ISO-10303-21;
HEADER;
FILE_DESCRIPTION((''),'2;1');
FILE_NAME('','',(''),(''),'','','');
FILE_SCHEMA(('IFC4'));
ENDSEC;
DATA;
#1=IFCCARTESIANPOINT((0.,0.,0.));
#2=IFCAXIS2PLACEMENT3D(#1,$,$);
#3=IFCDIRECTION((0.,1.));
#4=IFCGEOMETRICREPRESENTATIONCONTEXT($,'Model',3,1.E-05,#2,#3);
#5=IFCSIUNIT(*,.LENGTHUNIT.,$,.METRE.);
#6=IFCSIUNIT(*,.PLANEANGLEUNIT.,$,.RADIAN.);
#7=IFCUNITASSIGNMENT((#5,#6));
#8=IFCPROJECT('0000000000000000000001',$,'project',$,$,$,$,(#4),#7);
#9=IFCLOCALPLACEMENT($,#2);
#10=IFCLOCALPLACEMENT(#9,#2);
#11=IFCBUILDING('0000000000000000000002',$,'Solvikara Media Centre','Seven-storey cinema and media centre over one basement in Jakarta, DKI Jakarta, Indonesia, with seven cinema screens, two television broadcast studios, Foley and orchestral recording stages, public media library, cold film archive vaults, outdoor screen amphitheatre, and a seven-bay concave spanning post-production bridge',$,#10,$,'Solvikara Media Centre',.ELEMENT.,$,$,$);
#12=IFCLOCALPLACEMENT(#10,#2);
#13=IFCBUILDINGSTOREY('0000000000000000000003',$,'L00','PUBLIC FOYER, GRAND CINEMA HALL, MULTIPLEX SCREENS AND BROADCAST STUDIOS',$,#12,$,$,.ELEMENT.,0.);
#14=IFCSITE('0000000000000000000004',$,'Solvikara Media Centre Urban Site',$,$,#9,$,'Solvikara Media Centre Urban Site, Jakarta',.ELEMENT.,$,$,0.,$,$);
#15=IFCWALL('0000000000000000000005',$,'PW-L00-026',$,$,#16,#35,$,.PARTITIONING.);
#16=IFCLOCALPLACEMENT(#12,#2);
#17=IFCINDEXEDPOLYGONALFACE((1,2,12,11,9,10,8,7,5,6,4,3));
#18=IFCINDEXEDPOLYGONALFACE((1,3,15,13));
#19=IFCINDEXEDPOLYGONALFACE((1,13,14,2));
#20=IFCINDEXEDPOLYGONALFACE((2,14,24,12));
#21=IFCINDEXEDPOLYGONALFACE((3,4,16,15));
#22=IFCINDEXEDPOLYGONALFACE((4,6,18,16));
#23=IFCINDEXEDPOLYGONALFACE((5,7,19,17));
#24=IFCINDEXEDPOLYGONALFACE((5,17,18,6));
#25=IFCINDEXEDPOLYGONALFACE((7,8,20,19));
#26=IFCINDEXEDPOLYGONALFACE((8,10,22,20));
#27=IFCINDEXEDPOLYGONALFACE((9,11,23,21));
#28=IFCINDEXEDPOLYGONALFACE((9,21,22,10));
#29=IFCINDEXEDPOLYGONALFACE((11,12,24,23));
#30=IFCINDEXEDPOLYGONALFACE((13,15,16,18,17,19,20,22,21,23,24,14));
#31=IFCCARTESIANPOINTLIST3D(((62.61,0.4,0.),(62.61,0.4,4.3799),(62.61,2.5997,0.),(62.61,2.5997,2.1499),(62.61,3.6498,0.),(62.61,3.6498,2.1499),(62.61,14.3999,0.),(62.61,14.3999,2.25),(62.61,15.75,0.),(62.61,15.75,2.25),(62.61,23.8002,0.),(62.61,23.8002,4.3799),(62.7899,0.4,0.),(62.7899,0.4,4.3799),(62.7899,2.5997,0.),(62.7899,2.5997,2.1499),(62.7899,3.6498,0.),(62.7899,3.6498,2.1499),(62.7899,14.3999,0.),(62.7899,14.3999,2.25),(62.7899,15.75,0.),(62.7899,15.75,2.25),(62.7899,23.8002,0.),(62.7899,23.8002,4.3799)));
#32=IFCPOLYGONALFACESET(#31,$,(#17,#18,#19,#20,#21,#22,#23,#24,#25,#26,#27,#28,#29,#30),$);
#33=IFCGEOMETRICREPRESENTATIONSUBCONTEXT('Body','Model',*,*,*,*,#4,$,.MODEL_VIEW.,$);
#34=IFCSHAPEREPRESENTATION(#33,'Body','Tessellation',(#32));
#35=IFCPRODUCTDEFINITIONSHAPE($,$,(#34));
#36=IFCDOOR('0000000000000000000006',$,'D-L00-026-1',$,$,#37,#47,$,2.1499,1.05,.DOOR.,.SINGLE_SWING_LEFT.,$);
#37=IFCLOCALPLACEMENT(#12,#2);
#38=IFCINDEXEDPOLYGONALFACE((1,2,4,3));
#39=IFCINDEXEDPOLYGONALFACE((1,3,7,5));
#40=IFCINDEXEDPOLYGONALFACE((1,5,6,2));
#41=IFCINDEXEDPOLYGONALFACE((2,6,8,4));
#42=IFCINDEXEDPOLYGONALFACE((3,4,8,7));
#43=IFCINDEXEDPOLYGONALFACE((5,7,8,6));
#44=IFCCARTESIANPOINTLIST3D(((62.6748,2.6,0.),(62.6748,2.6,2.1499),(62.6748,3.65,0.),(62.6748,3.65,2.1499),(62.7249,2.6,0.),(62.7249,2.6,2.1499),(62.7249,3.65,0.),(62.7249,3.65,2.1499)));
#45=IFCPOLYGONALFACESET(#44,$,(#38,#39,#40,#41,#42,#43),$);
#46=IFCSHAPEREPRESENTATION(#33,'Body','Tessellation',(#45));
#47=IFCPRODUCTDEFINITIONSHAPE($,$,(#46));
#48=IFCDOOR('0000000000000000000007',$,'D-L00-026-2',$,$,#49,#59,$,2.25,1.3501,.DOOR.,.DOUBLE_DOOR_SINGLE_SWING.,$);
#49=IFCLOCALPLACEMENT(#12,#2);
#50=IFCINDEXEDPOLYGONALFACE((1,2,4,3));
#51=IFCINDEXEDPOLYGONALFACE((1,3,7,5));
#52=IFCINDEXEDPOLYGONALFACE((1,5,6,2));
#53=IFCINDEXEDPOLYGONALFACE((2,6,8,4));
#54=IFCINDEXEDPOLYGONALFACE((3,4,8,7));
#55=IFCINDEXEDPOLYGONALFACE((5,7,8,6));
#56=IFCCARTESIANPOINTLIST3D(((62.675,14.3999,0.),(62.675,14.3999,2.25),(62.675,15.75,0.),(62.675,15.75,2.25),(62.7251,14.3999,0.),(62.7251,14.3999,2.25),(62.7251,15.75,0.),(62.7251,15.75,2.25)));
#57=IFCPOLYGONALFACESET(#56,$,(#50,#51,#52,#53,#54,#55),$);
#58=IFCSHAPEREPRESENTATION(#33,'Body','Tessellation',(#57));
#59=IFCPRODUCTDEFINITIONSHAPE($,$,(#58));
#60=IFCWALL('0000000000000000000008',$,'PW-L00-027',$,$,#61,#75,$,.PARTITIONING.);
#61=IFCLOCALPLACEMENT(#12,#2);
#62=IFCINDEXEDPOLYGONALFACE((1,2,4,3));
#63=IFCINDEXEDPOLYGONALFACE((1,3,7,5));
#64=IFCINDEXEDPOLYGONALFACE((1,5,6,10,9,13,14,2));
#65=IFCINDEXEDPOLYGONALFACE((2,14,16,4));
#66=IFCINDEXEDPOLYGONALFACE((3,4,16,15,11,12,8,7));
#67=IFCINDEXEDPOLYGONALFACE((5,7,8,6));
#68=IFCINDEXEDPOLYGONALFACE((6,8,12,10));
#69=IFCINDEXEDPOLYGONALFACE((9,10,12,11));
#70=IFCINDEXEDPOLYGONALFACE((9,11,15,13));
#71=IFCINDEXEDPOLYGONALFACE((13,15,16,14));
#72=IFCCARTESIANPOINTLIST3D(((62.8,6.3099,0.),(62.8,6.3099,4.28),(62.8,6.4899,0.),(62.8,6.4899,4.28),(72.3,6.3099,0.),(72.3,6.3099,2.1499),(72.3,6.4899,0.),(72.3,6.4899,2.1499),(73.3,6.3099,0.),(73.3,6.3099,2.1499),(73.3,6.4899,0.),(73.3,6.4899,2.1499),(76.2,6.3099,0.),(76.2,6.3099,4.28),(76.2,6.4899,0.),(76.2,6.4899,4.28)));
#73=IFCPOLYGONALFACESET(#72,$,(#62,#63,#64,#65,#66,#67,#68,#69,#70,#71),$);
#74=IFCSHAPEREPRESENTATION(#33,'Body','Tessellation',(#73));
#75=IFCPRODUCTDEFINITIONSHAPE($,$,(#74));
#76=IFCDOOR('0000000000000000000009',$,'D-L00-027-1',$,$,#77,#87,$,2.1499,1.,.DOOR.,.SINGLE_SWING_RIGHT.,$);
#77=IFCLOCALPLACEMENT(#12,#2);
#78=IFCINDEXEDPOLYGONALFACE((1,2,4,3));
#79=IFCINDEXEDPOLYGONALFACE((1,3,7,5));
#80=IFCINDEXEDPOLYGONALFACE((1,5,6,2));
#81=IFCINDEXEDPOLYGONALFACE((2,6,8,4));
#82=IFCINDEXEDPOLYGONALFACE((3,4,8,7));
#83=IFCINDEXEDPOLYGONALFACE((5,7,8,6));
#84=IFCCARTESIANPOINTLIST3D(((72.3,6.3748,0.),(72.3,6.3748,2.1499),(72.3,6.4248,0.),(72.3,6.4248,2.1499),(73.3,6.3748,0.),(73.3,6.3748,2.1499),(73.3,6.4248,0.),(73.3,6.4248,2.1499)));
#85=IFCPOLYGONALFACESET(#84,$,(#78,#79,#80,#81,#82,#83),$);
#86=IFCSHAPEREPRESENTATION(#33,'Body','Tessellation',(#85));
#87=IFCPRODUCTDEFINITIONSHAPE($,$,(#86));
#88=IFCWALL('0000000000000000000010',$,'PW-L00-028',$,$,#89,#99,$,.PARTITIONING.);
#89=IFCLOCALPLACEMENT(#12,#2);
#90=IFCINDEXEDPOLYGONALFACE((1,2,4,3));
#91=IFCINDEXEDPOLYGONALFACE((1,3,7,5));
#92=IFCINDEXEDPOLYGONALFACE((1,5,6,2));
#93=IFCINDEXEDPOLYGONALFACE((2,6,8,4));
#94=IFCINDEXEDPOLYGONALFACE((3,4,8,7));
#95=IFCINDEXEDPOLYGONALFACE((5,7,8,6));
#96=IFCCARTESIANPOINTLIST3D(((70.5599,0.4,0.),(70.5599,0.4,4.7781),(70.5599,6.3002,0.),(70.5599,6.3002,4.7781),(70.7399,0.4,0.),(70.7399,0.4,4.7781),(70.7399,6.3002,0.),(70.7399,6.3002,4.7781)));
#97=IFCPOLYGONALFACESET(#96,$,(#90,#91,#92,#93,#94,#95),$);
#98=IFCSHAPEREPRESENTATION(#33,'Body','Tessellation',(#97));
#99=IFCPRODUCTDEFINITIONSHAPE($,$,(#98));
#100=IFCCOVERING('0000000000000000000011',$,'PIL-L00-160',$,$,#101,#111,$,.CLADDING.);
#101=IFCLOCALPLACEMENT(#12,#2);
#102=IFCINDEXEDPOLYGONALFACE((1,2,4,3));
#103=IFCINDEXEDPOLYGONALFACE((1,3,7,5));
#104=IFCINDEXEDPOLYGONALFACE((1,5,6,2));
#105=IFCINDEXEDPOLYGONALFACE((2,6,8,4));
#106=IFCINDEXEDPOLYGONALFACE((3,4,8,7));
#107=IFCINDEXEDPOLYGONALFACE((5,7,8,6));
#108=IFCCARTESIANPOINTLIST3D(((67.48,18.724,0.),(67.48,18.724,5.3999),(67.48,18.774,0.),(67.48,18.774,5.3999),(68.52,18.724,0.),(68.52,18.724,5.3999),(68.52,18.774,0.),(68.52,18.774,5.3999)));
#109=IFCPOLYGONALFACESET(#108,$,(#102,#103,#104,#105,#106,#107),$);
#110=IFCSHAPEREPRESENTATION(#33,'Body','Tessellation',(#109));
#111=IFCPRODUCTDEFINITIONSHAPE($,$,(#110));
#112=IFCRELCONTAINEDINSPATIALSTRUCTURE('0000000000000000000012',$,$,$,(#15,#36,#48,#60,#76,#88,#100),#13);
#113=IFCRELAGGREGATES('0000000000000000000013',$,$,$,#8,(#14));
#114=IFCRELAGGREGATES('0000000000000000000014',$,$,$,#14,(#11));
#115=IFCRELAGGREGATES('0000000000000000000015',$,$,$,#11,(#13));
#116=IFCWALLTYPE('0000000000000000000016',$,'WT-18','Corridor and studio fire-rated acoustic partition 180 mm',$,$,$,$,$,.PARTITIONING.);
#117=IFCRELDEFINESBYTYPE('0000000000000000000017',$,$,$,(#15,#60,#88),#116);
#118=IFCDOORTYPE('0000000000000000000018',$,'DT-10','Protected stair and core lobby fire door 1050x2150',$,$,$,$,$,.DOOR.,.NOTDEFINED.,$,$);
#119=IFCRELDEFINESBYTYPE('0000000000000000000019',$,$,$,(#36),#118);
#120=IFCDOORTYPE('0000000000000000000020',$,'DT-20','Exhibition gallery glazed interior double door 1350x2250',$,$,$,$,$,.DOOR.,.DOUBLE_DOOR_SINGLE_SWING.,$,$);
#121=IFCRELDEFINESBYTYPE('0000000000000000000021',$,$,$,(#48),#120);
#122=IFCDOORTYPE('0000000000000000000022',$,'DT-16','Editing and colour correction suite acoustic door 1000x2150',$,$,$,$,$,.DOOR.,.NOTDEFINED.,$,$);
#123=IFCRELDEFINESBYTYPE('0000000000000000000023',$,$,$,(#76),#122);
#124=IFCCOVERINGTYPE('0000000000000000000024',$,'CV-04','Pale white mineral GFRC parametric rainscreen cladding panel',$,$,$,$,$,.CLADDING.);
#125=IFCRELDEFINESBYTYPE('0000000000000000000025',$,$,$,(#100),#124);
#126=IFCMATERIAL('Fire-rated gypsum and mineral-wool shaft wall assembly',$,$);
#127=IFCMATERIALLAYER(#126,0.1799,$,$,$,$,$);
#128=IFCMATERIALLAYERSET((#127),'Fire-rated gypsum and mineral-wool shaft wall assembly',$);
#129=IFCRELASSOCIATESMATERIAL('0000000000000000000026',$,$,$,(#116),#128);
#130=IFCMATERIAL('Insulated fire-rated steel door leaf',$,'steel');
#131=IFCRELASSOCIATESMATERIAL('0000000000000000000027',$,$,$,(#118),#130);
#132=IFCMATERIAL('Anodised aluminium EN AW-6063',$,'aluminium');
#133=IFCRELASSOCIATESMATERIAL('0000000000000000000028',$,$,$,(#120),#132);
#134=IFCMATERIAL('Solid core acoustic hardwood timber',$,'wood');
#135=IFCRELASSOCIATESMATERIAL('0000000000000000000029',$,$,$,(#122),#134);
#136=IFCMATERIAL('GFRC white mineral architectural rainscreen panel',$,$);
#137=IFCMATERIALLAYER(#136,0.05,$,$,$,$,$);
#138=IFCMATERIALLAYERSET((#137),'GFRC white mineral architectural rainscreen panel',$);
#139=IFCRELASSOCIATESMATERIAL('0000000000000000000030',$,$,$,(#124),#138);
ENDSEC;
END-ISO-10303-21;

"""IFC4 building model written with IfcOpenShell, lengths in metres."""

from ifc_helpers import new_model, si_unit, direction, frame, frame_2d, origin, origin_2d, place, context, subcontext, project, spatial, rectangle, extrude, material, layer, layer_set, type_object, element, fill, save


model = new_model("IFC4")

# Units and contexts
model_context = context("Model", 3, precision=1e-05, world=origin(), true_north=direction((0.0, 1.0)))
body_context = subcontext(model_context, "Body", "Model", "MODEL_VIEW")
ifc_project = project(units=[si_unit("LENGTHUNIT", "METRE"), si_unit("PLANEANGLEUNIT", "RADIAN")], contexts=[model_context])

# Site, building, storey
site_placement = place(None, origin())
site = spatial("IfcSite", under=ifc_project, at=site_placement, Name="Solvikara Media Centre Urban Site", LongName="Solvikara Media Centre Urban Site, Jakarta", CompositionType="ELEMENT", RefElevation=0.0)
building_placement = place(site_placement, origin())
building = spatial("IfcBuilding", under=site, at=building_placement, Name="Solvikara Media Centre", Description="Seven-storey cinema and media centre over one basement in Jakarta, DKI Jakarta, Indonesia, with seven cinema screens, two television broadcast studios, Foley and orchestral recording stages, public media library, cold film archive vaults, outdoor screen amphitheatre, and a seven-bay concave spanning post-production bridge", LongName="Solvikara Media Centre", CompositionType="ELEMENT")
storey_placement = place(building_placement, origin())
storey = spatial("IfcBuildingStorey", under=building, at=storey_placement, Name="L00", Description="PUBLIC FOYER, GRAND CINEMA HALL, MULTIPLEX SCREENS AND BROADCAST STUDIOS", CompositionType="ELEMENT", Elevation=0.0)

# Wall, openings, doors
ifc_material_1 = material(Name="Fire-rated gypsum and mineral-wool shaft wall assembly")
ifc_layer_1 = layer(ifc_material_1, 0.1799)
ifc_layer_set_1 = layer_set([ifc_layer_1], Name="Fire-rated gypsum and mineral-wool shaft wall assembly")
wall_type = type_object("IfcWallType", Name="WT-18", Description="Corridor and studio fire-rated acoustic partition 180 mm", PredefinedType="PARTITIONING", material=ifc_layer_set_1)
wall_1_placement = place(storey_placement, frame((62.7, 0.3999, 0.0), z_axis=(0.0, 0.0, 1.0), x_axis=(0.0, 1.0, 0.0)))
wall_1 = element("IfcWall", 1, at=wall_1_placement, inside=storey, type_object=wall_type, Name="PW-L00-026", PredefinedType="PARTITIONING", context=body_context, shape_type="SweptSolid", body=[
    extrude(rectangle(XDim=23.4001, YDim=0.1799, at=frame_2d((11.7002, 0.0))), origin(), (0.0, 0.0, 1.0), 4.3799),
])
opening_1_placement = place(wall_1_placement, frame((2.2, 0.0, 0.0)))
opening_1 = element("IfcOpeningElement", 2, at=opening_1_placement, cuts=wall_1, PredefinedType="OPENING", context=body_context, shape_type="SweptSolid", body=[
    extrude(rectangle(XDim=1.05, YDim=2.1499, at=frame_2d((0.5249, 1.075))), frame((0.0, 0.1021, 0.0), z_axis=(0.0, -1.0, 0.0), x_axis=(1.0, 0.0, 0.0)), (0.0, 0.0, 1.0), 0.2039),
])
opening_2_placement = place(wall_1_placement, frame((14.0, 0.0, 0.0)))
opening_2 = element("IfcOpeningElement", 3, at=opening_2_placement, cuts=wall_1, PredefinedType="OPENING", context=body_context, shape_type="SweptSolid", body=[
    extrude(rectangle(XDim=1.3501, YDim=2.25, at=frame_2d((0.675, 1.125))), frame((0.0, 0.1021, 0.0), z_axis=(0.0, -1.0, 0.0), x_axis=(1.0, 0.0, 0.0)), (0.0, 0.0, 1.0), 0.2039),
])
ifc_material_2 = material(Name="Insulated fire-rated steel door leaf", Category="steel")
door_type_1 = type_object("IfcDoorType", Name="DT-10", Description="Protected stair and core lobby fire door 1050x2150", OperationType="NOTDEFINED", PredefinedType="DOOR", material=ifc_material_2)
door_1_placement = place(opening_1_placement, frame((1.05, 0.0, 0.0), z_axis=(0.0, 0.0, 1.0), x_axis=(-1.0, 0.0, 0.0)))
door_1 = element("IfcDoor", 4, at=door_1_placement, inside=storey, type_object=door_type_1, Name="D-L00-026-1", OperationType="SINGLE_SWING_LEFT", OverallHeight=2.1499, OverallWidth=1.05, PredefinedType="DOOR", context=body_context, shape_type="SweptSolid", body=[
    extrude(rectangle(XDim=1.05, YDim=2.1499, at=frame_2d((0.5249, 1.075))), frame((0.0, 0.0249, 0.0), z_axis=(0.0, -1.0, 0.0), x_axis=(1.0, 0.0, 0.0)), (0.0, 0.0, 1.0), 0.05),
])
fill(opening_1, door_1)
ifc_material_3 = material(Name="Anodised aluminium EN AW-6063", Category="aluminium")
door_type_2 = type_object("IfcDoorType", Name="DT-20", Description="Exhibition gallery glazed interior double door 1350x2250", OperationType="DOUBLE_DOOR_SINGLE_SWING", PredefinedType="DOOR", material=ifc_material_3)
door_2_placement = place(opening_2_placement, origin())
door_2 = element("IfcDoor", 5, at=door_2_placement, inside=storey, type_object=door_type_2, Name="D-L00-026-2", OperationType="DOUBLE_DOOR_SINGLE_SWING", OverallHeight=2.25, OverallWidth=1.3501, PredefinedType="DOOR", context=body_context, shape_type="SweptSolid", body=[
    extrude(rectangle(XDim=1.3501, YDim=2.25, at=frame_2d((0.675, 1.125))), frame((0.0, 0.0249, 0.0), z_axis=(0.0, -1.0, 0.0), x_axis=(1.0, 0.0, 0.0)), (0.0, 0.0, 1.0), 0.05),
])
fill(opening_2, door_2)

# Wall, opening, door
wall_2_placement = place(storey_placement, frame((62.8, 6.3999, 0.0), z_axis=(0.0, 0.0, 1.0), x_axis=(1.0, 0.0, 0.0)))
wall_2 = element("IfcWall", 6, at=wall_2_placement, inside=storey, type_object=wall_type, Name="PW-L00-027", PredefinedType="PARTITIONING", context=body_context, shape_type="SweptSolid", body=[
    extrude(rectangle(XDim=13.3999, YDim=0.1799, at=frame_2d((6.7, 0.0))), origin(), (0.0, 0.0, 1.0), 4.28),
])
opening_3_placement = place(wall_2_placement, frame((9.5, 0.0, 0.0)))
opening_3 = element("IfcOpeningElement", 7, at=opening_3_placement, cuts=wall_2, PredefinedType="OPENING", context=body_context, shape_type="SweptSolid", body=[
    extrude(rectangle(XDim=1.0, YDim=2.1499, at=frame_2d((0.5, 1.075))), frame((0.0, 0.1021, 0.0), z_axis=(0.0, -1.0, 0.0), x_axis=(1.0, 0.0, 0.0)), (0.0, 0.0, 1.0), 0.2039),
])
ifc_material_4 = material(Name="Solid core acoustic hardwood timber", Category="wood")
door_type_3 = type_object("IfcDoorType", Name="DT-16", Description="Editing and colour correction suite acoustic door 1000x2150", OperationType="NOTDEFINED", PredefinedType="DOOR", material=ifc_material_4)
door_3_placement = place(opening_3_placement, origin())
door_3 = element("IfcDoor", 8, at=door_3_placement, inside=storey, type_object=door_type_3, Name="D-L00-027-1", OperationType="SINGLE_SWING_RIGHT", OverallHeight=2.1499, OverallWidth=1.0, PredefinedType="DOOR", context=body_context, shape_type="SweptSolid", body=[
    extrude(rectangle(XDim=1.0, YDim=2.1499, at=frame_2d((0.5, 1.075))), frame((0.0, 0.0249, 0.0), z_axis=(0.0, -1.0, 0.0), x_axis=(1.0, 0.0, 0.0)), (0.0, 0.0, 1.0), 0.05),
])
fill(opening_3, door_3)

# Wall
wall_3_placement = place(storey_placement, frame((70.6499, 0.3999, 0.0), z_axis=(0.0, 0.0, 1.0), x_axis=(0.0, 1.0, 0.0)))
element("IfcWall", 9, at=wall_3_placement, inside=storey, type_object=wall_type, Name="PW-L00-028", PredefinedType="PARTITIONING", context=body_context, shape_type="SweptSolid", body=[
    extrude(rectangle(XDim=5.9001, YDim=0.1799, at=frame_2d((2.9502, 0.0))), origin(), (0.0, 0.0, 1.0), 4.7781),
])

# Covering
ifc_material_5 = material(Name="GFRC white mineral architectural rainscreen panel")
ifc_layer_2 = layer(ifc_material_5, 0.05)
ifc_layer_set_2 = layer_set([ifc_layer_2], Name="GFRC white mineral architectural rainscreen panel")
covering_type = type_object("IfcCoveringType", Name="CV-04", Description="Pale white mineral GFRC parametric rainscreen cladding panel", PredefinedType="CLADDING", material=ifc_layer_set_2)
covering_placement = place(storey_placement, frame((68.0, 18.749, 0.0), z_axis=(0.0, 0.0, 1.0), x_axis=(1.0, 0.0, 0.0)))
element("IfcCovering", 10, at=covering_placement, inside=storey, type_object=covering_type, Name="PIL-L00-160", PredefinedType="CLADDING", context=body_context, shape_type="SweptSolid", body=[
    extrude(rectangle(XDim=1.04, YDim=0.05, at=origin_2d()), origin(), (0.0, 0.0, 1.0), 5.3999),
])

save(model, "model.ifc")
